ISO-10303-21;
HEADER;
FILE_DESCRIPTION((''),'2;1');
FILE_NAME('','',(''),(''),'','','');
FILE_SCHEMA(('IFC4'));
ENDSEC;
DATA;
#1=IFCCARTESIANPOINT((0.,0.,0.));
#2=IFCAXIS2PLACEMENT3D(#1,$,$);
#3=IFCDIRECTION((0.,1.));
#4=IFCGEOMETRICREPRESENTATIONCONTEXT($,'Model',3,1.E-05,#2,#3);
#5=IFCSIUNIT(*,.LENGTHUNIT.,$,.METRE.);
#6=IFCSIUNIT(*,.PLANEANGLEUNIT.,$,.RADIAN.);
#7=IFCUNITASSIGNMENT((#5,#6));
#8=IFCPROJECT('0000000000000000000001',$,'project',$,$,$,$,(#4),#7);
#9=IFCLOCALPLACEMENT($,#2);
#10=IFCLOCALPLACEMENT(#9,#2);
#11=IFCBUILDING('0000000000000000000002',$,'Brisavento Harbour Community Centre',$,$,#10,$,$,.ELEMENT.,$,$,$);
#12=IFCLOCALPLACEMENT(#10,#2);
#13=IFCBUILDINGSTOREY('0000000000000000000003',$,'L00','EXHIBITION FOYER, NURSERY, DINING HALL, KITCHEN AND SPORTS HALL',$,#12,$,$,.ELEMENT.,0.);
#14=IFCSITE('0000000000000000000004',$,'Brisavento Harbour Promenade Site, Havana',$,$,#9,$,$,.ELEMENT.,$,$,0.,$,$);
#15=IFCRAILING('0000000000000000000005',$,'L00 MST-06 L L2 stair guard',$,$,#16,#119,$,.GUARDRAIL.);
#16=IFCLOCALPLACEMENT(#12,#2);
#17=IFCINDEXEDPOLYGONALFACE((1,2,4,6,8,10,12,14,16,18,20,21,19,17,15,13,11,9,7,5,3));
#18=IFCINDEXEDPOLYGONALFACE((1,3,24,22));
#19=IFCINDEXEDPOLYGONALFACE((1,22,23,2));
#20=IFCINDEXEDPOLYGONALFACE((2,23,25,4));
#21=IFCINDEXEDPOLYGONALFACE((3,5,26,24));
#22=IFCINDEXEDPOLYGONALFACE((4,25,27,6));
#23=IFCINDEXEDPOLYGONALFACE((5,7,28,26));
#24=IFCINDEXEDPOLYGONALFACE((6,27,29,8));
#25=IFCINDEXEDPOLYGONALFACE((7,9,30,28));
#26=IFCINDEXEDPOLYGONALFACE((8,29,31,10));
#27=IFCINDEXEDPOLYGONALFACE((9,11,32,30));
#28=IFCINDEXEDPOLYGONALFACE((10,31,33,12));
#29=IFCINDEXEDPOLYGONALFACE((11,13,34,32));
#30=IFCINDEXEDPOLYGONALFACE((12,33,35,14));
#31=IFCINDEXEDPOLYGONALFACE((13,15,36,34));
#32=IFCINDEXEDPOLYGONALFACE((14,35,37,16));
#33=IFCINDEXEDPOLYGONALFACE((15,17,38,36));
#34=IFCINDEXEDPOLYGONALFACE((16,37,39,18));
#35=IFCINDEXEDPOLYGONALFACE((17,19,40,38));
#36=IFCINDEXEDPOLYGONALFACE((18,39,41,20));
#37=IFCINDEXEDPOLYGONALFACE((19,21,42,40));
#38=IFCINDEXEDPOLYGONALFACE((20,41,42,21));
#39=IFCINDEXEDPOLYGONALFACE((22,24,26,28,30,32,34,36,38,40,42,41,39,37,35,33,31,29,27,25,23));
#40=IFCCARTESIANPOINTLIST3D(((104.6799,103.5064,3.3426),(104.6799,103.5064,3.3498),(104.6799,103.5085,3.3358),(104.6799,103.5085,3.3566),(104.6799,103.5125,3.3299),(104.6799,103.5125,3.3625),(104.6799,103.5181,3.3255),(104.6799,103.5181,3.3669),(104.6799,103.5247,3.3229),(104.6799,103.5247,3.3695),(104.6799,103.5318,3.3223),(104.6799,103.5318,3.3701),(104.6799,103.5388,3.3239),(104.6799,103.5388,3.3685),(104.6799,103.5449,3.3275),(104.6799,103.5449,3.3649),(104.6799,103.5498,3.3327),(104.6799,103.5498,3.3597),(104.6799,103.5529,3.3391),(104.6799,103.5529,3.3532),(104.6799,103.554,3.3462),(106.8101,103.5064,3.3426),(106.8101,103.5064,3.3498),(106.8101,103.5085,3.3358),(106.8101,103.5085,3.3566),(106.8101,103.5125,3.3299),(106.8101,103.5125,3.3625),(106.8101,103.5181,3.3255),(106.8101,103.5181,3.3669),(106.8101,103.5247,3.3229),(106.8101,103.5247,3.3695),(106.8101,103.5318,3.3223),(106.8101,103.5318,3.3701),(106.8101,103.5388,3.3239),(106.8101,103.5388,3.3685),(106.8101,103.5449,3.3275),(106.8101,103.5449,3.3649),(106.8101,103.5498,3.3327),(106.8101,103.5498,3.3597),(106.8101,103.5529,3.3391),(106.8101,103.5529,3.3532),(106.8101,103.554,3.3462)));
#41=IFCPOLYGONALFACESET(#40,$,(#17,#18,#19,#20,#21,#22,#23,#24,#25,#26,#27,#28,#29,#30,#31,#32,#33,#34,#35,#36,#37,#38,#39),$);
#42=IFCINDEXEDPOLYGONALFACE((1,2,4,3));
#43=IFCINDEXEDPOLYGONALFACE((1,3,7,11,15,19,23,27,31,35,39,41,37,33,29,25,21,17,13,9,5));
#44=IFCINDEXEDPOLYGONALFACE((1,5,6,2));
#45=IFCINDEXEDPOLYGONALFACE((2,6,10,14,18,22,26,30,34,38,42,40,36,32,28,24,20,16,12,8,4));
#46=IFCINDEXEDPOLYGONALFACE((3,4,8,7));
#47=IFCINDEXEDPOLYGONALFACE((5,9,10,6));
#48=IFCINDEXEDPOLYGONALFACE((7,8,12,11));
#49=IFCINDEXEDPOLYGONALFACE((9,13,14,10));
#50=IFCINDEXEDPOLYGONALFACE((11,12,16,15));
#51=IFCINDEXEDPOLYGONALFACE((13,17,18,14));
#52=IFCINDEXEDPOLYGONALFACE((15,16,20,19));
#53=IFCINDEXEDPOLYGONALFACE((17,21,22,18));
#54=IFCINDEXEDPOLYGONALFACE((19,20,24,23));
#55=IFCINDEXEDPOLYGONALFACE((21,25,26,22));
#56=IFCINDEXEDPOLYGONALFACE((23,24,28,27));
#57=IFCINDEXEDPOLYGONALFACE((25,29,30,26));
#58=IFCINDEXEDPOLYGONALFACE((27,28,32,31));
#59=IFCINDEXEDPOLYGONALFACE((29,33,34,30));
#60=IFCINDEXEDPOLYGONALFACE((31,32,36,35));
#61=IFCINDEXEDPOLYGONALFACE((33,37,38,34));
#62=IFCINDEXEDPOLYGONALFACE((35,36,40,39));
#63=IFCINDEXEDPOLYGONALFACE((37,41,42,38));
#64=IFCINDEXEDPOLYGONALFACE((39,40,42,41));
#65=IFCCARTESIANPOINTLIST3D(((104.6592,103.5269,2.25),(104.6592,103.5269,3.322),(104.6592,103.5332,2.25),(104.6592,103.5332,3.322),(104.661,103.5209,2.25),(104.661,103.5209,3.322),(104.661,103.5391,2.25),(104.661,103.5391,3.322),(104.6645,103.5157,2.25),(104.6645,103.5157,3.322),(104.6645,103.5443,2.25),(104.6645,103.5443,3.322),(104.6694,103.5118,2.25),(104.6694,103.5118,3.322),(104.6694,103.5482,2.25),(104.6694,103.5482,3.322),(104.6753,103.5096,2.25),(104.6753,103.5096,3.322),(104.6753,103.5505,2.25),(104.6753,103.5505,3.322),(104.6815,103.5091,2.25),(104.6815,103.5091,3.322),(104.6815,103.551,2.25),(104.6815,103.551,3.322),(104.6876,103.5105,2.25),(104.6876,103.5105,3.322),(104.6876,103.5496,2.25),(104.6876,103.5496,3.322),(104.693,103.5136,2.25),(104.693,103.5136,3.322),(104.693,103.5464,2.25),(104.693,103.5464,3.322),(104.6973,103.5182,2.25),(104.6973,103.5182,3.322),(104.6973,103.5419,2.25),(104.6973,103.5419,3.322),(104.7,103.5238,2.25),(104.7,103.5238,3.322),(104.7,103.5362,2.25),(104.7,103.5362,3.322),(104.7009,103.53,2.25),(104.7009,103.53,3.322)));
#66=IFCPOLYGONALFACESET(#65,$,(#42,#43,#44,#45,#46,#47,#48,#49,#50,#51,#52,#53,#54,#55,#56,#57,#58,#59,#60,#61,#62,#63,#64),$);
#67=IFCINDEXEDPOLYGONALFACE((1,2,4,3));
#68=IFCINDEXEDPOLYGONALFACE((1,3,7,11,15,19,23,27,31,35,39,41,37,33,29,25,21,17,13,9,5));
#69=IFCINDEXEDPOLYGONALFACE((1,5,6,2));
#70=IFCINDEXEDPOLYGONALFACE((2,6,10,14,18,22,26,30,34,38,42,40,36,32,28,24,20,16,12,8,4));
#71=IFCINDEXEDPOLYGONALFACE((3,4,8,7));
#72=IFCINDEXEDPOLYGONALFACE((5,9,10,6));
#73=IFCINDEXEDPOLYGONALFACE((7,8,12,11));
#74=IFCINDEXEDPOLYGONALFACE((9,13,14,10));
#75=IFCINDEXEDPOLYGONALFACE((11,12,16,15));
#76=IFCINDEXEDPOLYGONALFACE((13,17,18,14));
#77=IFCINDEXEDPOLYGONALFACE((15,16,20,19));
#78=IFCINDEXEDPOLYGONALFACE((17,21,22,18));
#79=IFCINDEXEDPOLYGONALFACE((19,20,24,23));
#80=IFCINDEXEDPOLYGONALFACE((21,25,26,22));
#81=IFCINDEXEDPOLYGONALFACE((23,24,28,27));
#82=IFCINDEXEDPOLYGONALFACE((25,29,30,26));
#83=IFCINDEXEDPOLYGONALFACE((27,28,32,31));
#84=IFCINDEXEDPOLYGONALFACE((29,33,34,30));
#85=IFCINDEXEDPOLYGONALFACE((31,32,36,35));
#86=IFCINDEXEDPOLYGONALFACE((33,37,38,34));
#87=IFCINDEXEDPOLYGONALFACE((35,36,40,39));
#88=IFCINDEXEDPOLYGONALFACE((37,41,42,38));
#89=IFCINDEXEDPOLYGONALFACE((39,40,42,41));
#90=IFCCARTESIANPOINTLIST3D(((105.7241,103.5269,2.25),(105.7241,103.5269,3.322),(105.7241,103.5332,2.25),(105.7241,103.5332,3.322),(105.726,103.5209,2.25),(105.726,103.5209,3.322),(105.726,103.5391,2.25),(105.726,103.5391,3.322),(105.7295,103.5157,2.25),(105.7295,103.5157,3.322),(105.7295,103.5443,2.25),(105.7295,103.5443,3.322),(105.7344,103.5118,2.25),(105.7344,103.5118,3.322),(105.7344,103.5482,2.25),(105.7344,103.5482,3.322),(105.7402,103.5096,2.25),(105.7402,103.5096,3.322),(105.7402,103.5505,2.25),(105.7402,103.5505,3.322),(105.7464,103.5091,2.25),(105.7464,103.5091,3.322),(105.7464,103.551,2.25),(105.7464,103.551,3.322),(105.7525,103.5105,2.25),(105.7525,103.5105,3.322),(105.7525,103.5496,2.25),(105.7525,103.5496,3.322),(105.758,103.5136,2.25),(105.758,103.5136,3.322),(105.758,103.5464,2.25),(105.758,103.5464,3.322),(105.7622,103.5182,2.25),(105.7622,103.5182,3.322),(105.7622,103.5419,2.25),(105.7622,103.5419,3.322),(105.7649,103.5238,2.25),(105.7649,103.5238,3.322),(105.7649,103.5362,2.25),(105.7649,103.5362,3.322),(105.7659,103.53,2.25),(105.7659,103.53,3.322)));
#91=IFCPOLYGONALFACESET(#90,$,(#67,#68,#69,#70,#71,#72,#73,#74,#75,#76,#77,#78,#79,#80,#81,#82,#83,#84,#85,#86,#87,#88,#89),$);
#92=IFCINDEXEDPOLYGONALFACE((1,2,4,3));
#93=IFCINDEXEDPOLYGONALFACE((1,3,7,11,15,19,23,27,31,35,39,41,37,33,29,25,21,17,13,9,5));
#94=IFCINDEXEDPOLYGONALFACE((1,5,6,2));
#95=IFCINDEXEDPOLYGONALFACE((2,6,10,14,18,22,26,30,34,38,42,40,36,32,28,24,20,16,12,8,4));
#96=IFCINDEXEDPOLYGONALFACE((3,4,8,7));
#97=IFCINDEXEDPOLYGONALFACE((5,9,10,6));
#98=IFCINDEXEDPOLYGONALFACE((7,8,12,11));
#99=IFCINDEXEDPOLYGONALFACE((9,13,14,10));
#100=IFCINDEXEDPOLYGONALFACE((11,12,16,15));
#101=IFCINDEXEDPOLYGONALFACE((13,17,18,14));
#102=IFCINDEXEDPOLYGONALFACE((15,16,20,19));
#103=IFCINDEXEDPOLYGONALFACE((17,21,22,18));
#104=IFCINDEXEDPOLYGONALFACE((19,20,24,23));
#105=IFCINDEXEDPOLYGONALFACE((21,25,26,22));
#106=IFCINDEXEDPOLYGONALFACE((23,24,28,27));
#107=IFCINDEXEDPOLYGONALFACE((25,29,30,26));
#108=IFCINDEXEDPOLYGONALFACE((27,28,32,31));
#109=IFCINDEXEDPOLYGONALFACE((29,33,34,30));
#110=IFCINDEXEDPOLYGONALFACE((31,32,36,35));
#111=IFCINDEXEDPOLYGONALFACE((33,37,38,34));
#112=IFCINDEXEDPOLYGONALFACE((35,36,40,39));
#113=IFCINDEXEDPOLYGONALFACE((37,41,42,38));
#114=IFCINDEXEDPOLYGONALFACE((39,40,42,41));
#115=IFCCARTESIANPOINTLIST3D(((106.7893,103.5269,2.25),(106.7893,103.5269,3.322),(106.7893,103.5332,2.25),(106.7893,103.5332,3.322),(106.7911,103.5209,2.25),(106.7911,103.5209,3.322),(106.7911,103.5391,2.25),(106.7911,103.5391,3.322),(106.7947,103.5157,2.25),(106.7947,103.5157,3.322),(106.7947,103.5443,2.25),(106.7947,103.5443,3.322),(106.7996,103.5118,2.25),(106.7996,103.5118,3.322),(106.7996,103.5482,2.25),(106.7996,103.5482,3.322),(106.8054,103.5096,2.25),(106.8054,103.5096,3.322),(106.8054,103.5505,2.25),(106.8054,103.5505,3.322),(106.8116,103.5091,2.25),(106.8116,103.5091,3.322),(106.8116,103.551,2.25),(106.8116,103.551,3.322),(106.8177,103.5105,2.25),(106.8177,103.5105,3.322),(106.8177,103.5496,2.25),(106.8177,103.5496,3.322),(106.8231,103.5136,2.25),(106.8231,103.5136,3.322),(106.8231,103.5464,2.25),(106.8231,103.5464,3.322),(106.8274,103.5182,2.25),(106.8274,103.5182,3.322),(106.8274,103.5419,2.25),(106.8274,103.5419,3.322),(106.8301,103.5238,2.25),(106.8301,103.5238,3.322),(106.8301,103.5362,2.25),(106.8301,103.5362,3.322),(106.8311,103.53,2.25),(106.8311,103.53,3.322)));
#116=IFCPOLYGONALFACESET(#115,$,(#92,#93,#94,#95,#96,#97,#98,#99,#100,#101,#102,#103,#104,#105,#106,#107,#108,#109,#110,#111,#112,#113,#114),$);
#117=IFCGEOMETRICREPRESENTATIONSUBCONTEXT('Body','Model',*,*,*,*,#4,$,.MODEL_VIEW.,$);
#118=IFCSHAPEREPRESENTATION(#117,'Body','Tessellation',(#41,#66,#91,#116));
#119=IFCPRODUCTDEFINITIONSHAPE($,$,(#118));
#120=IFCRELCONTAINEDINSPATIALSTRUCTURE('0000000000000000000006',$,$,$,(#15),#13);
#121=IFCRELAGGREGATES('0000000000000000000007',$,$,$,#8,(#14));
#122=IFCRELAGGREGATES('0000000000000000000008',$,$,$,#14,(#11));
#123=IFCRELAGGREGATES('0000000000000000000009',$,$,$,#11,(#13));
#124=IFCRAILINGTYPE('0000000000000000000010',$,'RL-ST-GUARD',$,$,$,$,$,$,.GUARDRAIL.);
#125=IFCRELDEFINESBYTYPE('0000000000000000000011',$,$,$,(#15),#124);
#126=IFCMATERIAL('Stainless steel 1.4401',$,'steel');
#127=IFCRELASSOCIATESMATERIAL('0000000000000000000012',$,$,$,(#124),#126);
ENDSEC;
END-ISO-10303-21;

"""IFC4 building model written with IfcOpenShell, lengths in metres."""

from ifc_helpers import new_model, si_unit, direction, frame, origin, origin_2d, place, context, subcontext, project, spatial, circle, extrude, material, type_object, element, save


model = new_model("IFC4")

# Units and contexts
model_context = context("Model", 3, precision=1e-05, world=origin(), true_north=direction((0.0, 1.0)))
body_context = subcontext(model_context, "Body", "Model", "MODEL_VIEW")
ifc_project = project(units=[si_unit("LENGTHUNIT", "METRE"), si_unit("PLANEANGLEUNIT", "RADIAN")], contexts=[model_context])

# Site, building, storey
site_placement = place(None, origin())
site = spatial("IfcSite", under=ifc_project, at=site_placement, Name="Brisavento Harbour Promenade Site, Havana", CompositionType="ELEMENT", RefElevation=0.0)
building_placement = place(site_placement, origin())
building = spatial("IfcBuilding", under=site, at=building_placement, Name="Brisavento Harbour Community Centre", CompositionType="ELEMENT")
storey_placement = place(building_placement, origin())
storey = spatial("IfcBuildingStorey", under=building, at=storey_placement, Name="L00", Description="EXHIBITION FOYER, NURSERY, DINING HALL, KITCHEN AND SPORTS HALL", CompositionType="ELEMENT", Elevation=0.0)

# Railing
ifc_material_1 = material(Name="Stainless steel 1.4401", Category="steel")
railing_type = type_object("IfcRailingType", Name="RL-ST-GUARD", PredefinedType="GUARDRAIL", material=ifc_material_1)
railing_1_placement = place(storey_placement, frame((104.6799, 103.53, 2.25)))
element("IfcRailing", 1, at=railing_1_placement, inside=storey, type_object=railing_type, Name="L00 MST-06 L L2 stair guard", PredefinedType="GUARDRAIL", context=body_context, shape_type="SweptSolid", body=[
    extrude(circle(Radius=0.0239, at=origin_2d()), frame((0.0, 0.0, 1.0962), z_axis=(1.0, 0.0, 0.0), x_axis=(0.0, 1.0, 0.0)), (0.0, 0.0, 1.0), 2.1301),
    extrude(circle(Radius=0.021, at=origin_2d()), origin(), (0.0, 0.0, 1.0), 1.072),
    extrude(circle(Radius=0.021, at=origin_2d()), frame((1.0649, 0.0, 0.0)), (0.0, 0.0, 1.0), 1.072),
    extrude(circle(Radius=0.021, at=origin_2d()), frame((2.1301, 0.0, 0.0)), (0.0, 0.0, 1.0), 1.072),
])

save(model, "model.ifc")
